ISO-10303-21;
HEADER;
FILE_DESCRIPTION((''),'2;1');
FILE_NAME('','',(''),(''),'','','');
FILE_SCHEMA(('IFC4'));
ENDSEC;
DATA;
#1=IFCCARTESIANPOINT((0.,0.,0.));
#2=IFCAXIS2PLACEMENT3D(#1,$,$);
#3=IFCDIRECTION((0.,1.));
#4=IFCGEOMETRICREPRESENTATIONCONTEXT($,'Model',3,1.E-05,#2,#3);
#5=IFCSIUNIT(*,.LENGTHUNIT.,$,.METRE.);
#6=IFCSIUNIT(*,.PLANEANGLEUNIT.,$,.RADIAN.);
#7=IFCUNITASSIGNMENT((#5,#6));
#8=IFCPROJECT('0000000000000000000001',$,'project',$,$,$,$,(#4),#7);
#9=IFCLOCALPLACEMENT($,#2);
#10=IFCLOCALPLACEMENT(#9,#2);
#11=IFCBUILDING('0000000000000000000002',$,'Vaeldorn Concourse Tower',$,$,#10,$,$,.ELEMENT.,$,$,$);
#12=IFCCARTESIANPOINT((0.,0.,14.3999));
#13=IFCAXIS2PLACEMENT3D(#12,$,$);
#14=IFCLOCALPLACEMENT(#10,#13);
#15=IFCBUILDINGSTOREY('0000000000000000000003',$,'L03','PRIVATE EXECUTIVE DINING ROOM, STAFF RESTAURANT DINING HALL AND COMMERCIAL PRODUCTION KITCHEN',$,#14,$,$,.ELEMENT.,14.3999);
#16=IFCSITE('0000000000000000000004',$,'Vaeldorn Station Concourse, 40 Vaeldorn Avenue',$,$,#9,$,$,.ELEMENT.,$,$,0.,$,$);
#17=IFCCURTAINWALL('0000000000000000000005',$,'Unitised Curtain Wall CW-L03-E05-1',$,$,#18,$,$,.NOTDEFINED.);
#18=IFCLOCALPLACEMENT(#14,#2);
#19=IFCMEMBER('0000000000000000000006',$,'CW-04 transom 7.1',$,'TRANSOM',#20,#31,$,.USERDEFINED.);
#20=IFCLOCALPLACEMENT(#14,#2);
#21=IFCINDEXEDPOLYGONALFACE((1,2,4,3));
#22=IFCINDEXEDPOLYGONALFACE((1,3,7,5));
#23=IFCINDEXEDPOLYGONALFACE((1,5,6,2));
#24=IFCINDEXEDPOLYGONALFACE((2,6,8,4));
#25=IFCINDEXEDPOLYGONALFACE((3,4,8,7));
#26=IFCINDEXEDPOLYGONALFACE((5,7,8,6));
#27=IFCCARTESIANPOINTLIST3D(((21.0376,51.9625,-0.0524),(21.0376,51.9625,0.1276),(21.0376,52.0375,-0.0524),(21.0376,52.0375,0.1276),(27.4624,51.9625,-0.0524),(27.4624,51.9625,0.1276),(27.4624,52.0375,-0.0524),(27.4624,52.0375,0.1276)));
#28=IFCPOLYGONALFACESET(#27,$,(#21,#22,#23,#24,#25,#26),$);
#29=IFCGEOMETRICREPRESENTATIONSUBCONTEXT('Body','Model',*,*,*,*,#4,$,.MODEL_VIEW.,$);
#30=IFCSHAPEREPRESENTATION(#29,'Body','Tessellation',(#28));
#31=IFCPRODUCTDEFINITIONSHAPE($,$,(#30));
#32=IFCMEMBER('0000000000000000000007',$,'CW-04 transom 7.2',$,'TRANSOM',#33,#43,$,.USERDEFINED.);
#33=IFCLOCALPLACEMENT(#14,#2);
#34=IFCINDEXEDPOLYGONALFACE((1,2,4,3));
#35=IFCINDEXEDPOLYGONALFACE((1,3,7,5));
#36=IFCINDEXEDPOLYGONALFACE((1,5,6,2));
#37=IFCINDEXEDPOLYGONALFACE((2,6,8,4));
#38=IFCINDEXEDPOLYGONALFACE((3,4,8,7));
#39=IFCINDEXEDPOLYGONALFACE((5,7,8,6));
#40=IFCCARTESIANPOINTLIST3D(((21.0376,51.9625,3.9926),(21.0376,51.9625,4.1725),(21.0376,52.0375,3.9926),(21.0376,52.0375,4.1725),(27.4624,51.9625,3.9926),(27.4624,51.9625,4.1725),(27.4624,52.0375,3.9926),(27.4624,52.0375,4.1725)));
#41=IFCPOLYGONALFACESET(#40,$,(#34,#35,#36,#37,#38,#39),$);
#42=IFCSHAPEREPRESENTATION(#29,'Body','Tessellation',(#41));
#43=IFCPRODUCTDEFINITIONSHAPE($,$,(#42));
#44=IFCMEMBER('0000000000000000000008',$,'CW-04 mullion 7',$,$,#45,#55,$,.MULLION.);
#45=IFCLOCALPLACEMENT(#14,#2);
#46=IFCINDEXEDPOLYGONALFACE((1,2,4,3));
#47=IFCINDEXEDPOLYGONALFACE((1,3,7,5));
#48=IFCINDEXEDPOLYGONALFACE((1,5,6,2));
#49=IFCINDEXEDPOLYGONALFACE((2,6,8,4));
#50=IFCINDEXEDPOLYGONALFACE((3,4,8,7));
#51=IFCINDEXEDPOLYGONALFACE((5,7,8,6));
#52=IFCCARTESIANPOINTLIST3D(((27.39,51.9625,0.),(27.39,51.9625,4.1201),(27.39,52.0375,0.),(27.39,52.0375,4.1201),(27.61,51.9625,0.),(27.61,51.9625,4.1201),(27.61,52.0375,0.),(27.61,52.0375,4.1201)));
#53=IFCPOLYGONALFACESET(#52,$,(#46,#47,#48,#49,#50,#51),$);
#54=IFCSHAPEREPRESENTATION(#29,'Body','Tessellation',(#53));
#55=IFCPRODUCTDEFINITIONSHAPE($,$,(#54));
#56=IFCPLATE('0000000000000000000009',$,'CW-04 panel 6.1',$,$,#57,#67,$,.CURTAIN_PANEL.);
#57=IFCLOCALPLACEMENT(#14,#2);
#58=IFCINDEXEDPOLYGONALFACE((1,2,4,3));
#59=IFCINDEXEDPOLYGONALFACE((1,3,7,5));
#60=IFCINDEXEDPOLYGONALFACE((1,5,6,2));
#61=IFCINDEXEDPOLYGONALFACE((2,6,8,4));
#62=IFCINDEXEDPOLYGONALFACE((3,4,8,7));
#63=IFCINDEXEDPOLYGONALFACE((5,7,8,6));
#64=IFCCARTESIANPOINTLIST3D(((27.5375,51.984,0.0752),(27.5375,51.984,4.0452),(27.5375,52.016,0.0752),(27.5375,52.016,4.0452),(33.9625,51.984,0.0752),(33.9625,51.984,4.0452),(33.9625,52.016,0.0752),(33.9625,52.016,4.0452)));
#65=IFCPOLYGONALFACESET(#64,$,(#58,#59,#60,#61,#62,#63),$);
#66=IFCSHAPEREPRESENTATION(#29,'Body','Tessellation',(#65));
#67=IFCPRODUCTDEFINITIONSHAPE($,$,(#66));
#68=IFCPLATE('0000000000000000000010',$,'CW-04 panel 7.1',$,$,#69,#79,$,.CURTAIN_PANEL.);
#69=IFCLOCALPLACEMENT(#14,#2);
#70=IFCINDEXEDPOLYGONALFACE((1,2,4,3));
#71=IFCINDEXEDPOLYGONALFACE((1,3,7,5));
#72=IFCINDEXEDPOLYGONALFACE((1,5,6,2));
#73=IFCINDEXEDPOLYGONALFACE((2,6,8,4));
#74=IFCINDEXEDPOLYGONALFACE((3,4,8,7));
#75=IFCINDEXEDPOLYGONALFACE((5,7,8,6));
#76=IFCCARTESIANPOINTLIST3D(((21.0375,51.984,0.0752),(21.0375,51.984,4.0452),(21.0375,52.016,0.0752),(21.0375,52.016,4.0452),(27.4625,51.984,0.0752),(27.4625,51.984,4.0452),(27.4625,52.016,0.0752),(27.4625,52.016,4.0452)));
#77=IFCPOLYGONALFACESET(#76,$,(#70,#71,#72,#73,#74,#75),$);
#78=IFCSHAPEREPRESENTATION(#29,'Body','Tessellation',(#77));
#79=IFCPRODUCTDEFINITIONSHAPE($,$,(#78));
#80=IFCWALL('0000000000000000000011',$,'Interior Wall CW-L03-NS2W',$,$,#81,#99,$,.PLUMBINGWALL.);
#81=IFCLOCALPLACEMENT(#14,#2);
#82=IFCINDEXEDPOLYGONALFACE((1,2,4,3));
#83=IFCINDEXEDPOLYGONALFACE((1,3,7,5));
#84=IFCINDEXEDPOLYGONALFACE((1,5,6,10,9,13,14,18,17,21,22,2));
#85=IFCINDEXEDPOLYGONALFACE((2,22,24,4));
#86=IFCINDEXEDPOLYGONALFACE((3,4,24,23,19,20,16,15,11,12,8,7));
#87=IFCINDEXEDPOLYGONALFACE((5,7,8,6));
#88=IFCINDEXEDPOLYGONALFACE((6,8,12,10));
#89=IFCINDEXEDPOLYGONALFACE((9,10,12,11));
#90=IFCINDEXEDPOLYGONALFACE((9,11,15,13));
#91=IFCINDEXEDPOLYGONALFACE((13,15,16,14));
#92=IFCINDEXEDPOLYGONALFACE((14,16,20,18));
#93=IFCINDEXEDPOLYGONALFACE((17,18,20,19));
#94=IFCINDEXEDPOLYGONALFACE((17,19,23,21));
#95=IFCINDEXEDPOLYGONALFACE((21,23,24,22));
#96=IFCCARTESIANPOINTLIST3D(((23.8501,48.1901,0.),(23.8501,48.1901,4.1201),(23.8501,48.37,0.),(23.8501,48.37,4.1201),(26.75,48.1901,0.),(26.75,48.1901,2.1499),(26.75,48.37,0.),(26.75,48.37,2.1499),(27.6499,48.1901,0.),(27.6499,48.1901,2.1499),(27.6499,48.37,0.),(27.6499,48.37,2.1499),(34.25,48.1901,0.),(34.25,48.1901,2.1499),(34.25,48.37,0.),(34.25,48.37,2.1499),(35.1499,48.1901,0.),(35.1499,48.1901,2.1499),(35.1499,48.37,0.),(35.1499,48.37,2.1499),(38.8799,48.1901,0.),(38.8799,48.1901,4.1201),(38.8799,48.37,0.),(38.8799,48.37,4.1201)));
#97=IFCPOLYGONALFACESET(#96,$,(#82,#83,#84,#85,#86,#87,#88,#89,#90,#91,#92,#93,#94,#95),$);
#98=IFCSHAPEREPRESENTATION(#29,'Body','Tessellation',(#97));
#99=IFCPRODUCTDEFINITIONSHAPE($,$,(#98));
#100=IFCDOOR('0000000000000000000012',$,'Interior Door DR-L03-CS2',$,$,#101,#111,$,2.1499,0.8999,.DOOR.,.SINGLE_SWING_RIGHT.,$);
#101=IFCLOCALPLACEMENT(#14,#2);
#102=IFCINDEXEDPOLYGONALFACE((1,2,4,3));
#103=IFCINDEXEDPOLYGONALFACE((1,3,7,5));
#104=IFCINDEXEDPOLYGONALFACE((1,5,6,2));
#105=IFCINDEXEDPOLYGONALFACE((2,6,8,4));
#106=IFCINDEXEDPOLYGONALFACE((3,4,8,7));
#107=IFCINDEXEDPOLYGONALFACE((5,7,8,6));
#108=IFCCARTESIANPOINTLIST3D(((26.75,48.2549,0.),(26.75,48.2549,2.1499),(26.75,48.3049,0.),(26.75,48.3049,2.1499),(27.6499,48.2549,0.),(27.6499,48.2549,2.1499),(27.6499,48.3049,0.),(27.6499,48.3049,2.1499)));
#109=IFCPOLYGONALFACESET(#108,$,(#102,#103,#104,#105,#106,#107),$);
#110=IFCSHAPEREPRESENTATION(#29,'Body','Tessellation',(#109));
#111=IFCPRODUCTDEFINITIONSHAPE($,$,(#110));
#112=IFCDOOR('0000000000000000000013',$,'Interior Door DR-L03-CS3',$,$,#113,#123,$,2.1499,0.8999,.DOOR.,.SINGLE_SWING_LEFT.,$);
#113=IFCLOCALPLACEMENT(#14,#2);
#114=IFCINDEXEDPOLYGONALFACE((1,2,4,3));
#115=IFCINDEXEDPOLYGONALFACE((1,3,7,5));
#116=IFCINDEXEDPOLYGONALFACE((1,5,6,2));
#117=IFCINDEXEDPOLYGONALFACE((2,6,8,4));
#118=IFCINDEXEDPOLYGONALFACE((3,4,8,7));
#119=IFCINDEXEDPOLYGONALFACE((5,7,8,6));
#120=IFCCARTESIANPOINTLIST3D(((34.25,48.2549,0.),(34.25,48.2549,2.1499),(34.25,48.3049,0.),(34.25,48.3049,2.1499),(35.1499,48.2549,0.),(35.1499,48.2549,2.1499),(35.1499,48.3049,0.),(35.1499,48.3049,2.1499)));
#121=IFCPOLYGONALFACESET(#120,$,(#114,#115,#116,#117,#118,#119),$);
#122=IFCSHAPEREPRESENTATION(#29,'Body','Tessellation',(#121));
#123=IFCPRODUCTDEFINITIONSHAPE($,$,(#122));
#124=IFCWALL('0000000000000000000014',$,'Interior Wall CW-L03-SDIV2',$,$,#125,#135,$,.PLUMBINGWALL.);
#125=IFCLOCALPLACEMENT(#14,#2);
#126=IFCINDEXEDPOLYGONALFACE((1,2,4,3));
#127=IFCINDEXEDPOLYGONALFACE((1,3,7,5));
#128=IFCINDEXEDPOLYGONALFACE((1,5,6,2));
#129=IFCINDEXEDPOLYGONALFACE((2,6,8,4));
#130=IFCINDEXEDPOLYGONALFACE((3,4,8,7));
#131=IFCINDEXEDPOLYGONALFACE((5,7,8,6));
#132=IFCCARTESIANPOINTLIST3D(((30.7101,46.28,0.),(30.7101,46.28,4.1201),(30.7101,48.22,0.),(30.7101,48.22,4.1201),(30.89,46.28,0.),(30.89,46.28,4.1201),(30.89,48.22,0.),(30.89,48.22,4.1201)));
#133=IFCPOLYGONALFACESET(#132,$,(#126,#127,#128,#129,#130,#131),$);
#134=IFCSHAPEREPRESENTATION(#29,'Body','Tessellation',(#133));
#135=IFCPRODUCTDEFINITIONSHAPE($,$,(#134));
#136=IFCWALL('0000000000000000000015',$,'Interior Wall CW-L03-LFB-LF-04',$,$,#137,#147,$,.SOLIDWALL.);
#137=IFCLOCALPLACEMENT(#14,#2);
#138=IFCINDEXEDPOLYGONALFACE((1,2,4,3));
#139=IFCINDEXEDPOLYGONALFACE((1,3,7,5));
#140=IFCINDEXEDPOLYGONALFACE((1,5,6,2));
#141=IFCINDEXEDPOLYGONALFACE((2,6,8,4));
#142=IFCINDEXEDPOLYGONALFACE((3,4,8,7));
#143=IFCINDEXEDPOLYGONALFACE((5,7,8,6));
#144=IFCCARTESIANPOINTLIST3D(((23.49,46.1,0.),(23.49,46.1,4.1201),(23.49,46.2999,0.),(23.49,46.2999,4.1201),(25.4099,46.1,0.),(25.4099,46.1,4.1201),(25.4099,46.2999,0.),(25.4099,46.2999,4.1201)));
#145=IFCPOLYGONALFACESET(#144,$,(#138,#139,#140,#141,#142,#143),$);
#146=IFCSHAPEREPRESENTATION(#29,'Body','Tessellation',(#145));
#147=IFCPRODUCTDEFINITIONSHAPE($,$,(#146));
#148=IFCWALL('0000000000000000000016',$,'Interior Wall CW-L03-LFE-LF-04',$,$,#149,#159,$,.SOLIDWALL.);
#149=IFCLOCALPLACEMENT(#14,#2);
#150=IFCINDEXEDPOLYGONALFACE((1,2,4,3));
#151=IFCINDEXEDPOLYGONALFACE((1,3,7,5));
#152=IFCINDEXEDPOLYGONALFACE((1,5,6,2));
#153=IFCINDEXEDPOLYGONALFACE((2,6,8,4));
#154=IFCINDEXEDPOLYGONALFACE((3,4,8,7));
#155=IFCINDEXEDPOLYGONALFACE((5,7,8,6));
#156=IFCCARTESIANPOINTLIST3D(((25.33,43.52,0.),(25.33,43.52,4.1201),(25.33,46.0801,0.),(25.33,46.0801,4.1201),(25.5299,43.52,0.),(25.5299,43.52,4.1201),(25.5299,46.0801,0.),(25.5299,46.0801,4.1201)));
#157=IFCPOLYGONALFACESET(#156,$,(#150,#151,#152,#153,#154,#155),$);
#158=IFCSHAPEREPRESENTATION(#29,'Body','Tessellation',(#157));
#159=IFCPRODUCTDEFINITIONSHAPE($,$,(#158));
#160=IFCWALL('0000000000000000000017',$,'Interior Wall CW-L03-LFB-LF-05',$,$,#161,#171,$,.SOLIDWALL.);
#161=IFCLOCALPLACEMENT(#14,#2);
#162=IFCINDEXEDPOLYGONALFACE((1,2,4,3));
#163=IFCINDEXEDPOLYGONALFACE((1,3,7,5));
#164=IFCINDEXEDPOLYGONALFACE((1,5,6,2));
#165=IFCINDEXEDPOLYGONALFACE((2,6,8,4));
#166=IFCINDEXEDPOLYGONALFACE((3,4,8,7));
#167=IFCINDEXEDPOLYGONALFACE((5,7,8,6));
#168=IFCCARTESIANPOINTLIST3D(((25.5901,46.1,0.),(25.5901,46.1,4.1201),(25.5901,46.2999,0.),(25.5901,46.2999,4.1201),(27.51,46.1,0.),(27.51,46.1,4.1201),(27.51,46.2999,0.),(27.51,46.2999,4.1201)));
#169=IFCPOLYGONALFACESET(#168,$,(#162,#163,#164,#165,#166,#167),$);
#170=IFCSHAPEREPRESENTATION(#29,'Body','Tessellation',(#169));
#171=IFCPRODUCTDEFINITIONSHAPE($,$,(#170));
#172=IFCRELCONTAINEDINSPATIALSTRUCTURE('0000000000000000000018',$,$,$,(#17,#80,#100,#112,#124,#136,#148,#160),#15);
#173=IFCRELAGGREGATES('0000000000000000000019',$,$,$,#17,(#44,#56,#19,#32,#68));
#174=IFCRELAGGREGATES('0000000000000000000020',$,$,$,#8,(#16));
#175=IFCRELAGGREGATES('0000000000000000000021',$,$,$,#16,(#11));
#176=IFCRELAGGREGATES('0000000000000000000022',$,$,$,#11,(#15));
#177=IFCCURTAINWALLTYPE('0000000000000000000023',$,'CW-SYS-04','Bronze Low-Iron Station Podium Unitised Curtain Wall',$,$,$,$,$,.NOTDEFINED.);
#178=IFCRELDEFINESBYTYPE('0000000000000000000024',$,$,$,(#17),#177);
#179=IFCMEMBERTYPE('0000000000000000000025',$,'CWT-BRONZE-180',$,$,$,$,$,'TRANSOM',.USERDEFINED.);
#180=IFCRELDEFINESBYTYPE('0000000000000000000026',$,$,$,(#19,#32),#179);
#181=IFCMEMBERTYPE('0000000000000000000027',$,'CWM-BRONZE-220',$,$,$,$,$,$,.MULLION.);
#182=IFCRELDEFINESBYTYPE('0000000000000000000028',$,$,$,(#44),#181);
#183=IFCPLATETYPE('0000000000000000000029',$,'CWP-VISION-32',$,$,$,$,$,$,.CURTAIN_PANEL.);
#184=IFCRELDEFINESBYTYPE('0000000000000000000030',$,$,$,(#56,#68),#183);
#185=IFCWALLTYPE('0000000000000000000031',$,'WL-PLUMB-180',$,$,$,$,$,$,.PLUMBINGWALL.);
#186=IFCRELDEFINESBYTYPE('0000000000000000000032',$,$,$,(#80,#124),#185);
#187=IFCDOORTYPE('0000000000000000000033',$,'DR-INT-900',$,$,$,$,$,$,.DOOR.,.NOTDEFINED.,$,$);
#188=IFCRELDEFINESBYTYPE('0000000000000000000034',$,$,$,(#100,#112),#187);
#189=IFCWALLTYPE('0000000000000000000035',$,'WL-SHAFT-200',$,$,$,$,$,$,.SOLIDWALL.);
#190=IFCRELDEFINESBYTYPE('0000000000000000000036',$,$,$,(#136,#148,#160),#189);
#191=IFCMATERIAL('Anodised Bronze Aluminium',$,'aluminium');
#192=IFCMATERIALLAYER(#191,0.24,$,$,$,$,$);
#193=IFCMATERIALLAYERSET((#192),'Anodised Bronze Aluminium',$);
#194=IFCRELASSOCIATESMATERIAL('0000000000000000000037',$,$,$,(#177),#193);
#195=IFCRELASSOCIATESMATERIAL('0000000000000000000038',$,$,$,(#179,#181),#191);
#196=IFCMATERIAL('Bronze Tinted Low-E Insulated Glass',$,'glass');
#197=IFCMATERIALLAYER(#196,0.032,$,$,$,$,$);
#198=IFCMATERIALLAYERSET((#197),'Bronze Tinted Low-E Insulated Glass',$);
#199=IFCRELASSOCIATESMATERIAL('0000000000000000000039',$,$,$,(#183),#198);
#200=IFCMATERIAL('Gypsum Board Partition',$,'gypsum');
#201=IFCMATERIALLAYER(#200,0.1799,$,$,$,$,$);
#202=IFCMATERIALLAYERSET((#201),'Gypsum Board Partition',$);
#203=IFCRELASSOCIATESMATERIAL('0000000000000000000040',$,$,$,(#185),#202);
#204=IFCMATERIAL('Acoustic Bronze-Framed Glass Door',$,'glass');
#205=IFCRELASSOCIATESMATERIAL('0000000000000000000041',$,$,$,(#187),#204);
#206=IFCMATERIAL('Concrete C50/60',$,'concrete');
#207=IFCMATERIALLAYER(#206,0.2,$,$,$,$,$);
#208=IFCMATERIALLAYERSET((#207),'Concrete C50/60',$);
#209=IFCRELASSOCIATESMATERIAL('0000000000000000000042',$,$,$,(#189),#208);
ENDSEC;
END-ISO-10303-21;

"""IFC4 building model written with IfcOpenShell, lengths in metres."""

from ifc_helpers import new_model, si_unit, direction, frame, frame_2d, origin, origin_2d, place, context, subcontext, project, spatial, rectangle, extrude, source, transform, mapped, material, layer, layer_set, material_profile, profile_set, type_object, element, fill, aggregate, save


model = new_model("IFC4")

# Units and contexts
model_context = context("Model", 3, precision=1e-05, world=origin(), true_north=direction((0.0, 1.0)))
body_context = subcontext(model_context, "Body", "Model", "MODEL_VIEW")
ifc_project = project(units=[si_unit("LENGTHUNIT", "METRE"), si_unit("PLANEANGLEUNIT", "RADIAN")], contexts=[model_context])

# Site, building, storey
site_placement = place(None, origin())
site = spatial("IfcSite", under=ifc_project, at=site_placement, Name="Vaeldorn Station Concourse, 40 Vaeldorn Avenue", CompositionType="ELEMENT", RefElevation=0.0)
building_placement = place(site_placement, origin())
building = spatial("IfcBuilding", under=site, at=building_placement, Name="Vaeldorn Concourse Tower", CompositionType="ELEMENT")
storey_placement = place(building_placement, frame((0.0, 0.0, 14.3999)))
storey = spatial("IfcBuildingStorey", under=building, at=storey_placement, Name="L03", Description="PRIVATE EXECUTIVE DINING ROOM, STAFF RESTAURANT DINING HALL AND COMMERCIAL PRODUCTION KITCHEN", CompositionType="ELEMENT", Elevation=14.3999)

# Curtain wall, members, plates
ifc_material_1 = material(Name="Anodised Bronze Aluminium", Category="aluminium")
ifc_layer_1 = layer(ifc_material_1, 0.24)
ifc_layer_set_1 = layer_set([ifc_layer_1], Name="Anodised Bronze Aluminium")
curtain_wall_type = type_object("IfcCurtainWallType", Name="CW-SYS-04", Description="Bronze Low-Iron Station Podium Unitised Curtain Wall", PredefinedType="NOTDEFINED", material=ifc_layer_set_1)
curtain_wall_placement = place(storey_placement, origin())
curtain_wall = element("IfcCurtainWall", 1, at=curtain_wall_placement, inside=storey, type_object=curtain_wall_type, Name="Unitised Curtain Wall CW-L03-E05-1", PredefinedType="NOTDEFINED")
ifc_material_profile_1 = material_profile(ifc_material_1, rectangle(XDim=0.075, YDim=0.1799, at=origin_2d()), Name="CWT 75x180")
ifc_profile_set_1 = profile_set([ifc_material_profile_1], Name="Anodised Bronze Aluminium")
member_type_1 = type_object("IfcMemberType", Name="CWT-BRONZE-180", ElementType="TRANSOM", PredefinedType="USERDEFINED", material=ifc_profile_set_1)
shared_shape_1 = source(origin(), body_context, "Body", "SweptSolid", [
    extrude(rectangle(XDim=0.075, YDim=0.1799, at=origin_2d()), origin(), (0.0, 0.0, 1.0), 6.4248),
])
member_1_placement = place(storey_placement, frame((27.4624, 52.0, 0.0376), z_axis=(-1.0, 0.0, 0.0), x_axis=(0.0, -1.0, 0.0)))
member_1 = element("IfcMember", 2, at=member_1_placement, type_object=member_type_1, Name="CW-04 transom 7.1", ObjectType="TRANSOM", PredefinedType="USERDEFINED", context=body_context, shape_type="MappedRepresentation", body=[
    mapped(shared_shape_1, transform((0.0, 0.0, 0.0), scale=1.0)),
])
member_2_placement = place(storey_placement, frame((27.4624, 52.0, 4.0825), z_axis=(-1.0, 0.0, 0.0), x_axis=(0.0, -1.0, 0.0)))
member_2 = element("IfcMember", 3, at=member_2_placement, type_object=member_type_1, Name="CW-04 transom 7.2", ObjectType="TRANSOM", PredefinedType="USERDEFINED", context=body_context, shape_type="MappedRepresentation", body=[
    mapped(shared_shape_1, transform((0.0, 0.0, 0.0), scale=1.0)),
])
ifc_material_profile_2 = material_profile(ifc_material_1, rectangle(XDim=0.075, YDim=0.22, at=origin_2d()), Name="CWM 75x220")
ifc_profile_set_2 = profile_set([ifc_material_profile_2], Name="Anodised Bronze Aluminium")
member_type_2 = type_object("IfcMemberType", Name="CWM-BRONZE-220", PredefinedType="MULLION", material=ifc_profile_set_2)
shared_shape_2 = source(origin(), body_context, "Body", "SweptSolid", [
    extrude(rectangle(XDim=0.075, YDim=0.22, at=origin_2d()), origin(), (0.0, 0.0, 1.0), 4.1201),
])
member_3_placement = place(storey_placement, frame((27.5, 52.0, 0.0), z_axis=(0.0, 0.0, 1.0), x_axis=(0.0, -1.0, 0.0)))
member_3 = element("IfcMember", 4, at=member_3_placement, type_object=member_type_2, Name="CW-04 mullion 7", PredefinedType="MULLION", context=body_context, shape_type="MappedRepresentation", body=[
    mapped(shared_shape_2, transform((0.0, 0.0, 0.0), scale=1.0)),
])
ifc_material_2 = material(Name="Bronze Tinted Low-E Insulated Glass", Category="glass")
ifc_layer_2 = layer(ifc_material_2, 0.032)
ifc_layer_set_2 = layer_set([ifc_layer_2], Name="Bronze Tinted Low-E Insulated Glass")
plate_type = type_object("IfcPlateType", Name="CWP-VISION-32", PredefinedType="CURTAIN_PANEL", material=ifc_layer_set_2)
shared_shape_3 = source(origin(), body_context, "Body", "SweptSolid", [
    extrude(rectangle(XDim=6.425, YDim=0.032, at=origin_2d()), origin(), (0.0, 0.0, 1.0), 3.97),
])
plate_1_placement = place(storey_placement, frame((30.75, 52.0, 0.0752), z_axis=(0.0, 0.0, 1.0), x_axis=(-1.0, 0.0, 0.0)))
plate_1 = element("IfcPlate", 5, at=plate_1_placement, type_object=plate_type, Name="CW-04 panel 6.1", PredefinedType="CURTAIN_PANEL", context=body_context, shape_type="MappedRepresentation", body=[
    mapped(shared_shape_3, transform((0.0, 0.0, 0.0), scale=1.0)),
])
plate_2_placement = place(storey_placement, frame((24.25, 52.0, 0.0752), z_axis=(0.0, 0.0, 1.0), x_axis=(-1.0, 0.0, 0.0)))
plate_2 = element("IfcPlate", 6, at=plate_2_placement, type_object=plate_type, Name="CW-04 panel 7.1", PredefinedType="CURTAIN_PANEL", context=body_context, shape_type="MappedRepresentation", body=[
    mapped(shared_shape_3, transform((0.0, 0.0, 0.0), scale=1.0)),
])
aggregate(curtain_wall, [member_3, plate_1, member_1, member_2, plate_2])

# Wall, openings, doors
ifc_material_3 = material(Name="Gypsum Board Partition", Category="gypsum")
ifc_layer_3 = layer(ifc_material_3, 0.1799)
ifc_layer_set_3 = layer_set([ifc_layer_3], Name="Gypsum Board Partition")
wall_type_1 = type_object("IfcWallType", Name="WL-PLUMB-180", PredefinedType="PLUMBINGWALL", material=ifc_layer_set_3)
wall_1_placement = place(storey_placement, frame((23.8501, 48.28, 0.0), z_axis=(0.0, 0.0, 1.0), x_axis=(1.0, 0.0, 0.0)))
wall_1 = element("IfcWall", 7, at=wall_1_placement, inside=storey, type_object=wall_type_1, Name="Interior Wall CW-L03-NS2W", PredefinedType="PLUMBINGWALL", context=body_context, shape_type="SweptSolid", body=[
    extrude(rectangle(XDim=15.0298, YDim=0.1799, at=frame_2d((7.5149, 0.0))), origin(), (0.0, 0.0, 1.0), 4.1201),
])
opening_1_placement = place(wall_1_placement, frame((2.8999, 0.0, 0.0)))
opening_1 = element("IfcOpeningElement", 8, at=opening_1_placement, cuts=wall_1, PredefinedType="OPENING", context=body_context, shape_type="SweptSolid", body=[
    extrude(rectangle(XDim=0.8999, YDim=2.1499, at=frame_2d((0.45, 1.075))), frame((0.0, 0.1001, 0.0), z_axis=(0.0, -1.0, 0.0), x_axis=(1.0, 0.0, 0.0)), (0.0, 0.0, 1.0), 0.2),
])
opening_2_placement = place(wall_1_placement, frame((10.3999, 0.0, 0.0)))
opening_2 = element("IfcOpeningElement", 9, at=opening_2_placement, cuts=wall_1, PredefinedType="OPENING", context=body_context, shape_type="SweptSolid", body=[
    extrude(rectangle(XDim=0.8999, YDim=2.1499, at=frame_2d((0.45, 1.075))), frame((0.0, 0.1001, 0.0), z_axis=(0.0, -1.0, 0.0), x_axis=(1.0, 0.0, 0.0)), (0.0, 0.0, 1.0), 0.2),
])
ifc_material_4 = material(Name="Acoustic Bronze-Framed Glass Door", Category="glass")
door_type_1 = type_object("IfcDoorType", Name="DR-INT-900", OperationType="NOTDEFINED", PredefinedType="DOOR", material=ifc_material_4)
shared_shape_4 = source(origin(), body_context, "Body", "SweptSolid", [
    extrude(rectangle(XDim=0.8999, YDim=2.1499, at=frame_2d((0.45, 1.075))), frame((0.0, 0.0249, 0.0), z_axis=(0.0, -1.0, 0.0), x_axis=(1.0, 0.0, 0.0)), (0.0, 0.0, 1.0), 0.05),
])
door_1_placement = place(opening_1_placement, origin())
door_1 = element("IfcDoor", 10, at=door_1_placement, inside=storey, type_object=door_type_1, Name="Interior Door DR-L03-CS2", OperationType="SINGLE_SWING_RIGHT", OverallHeight=2.1499, OverallWidth=0.8999, PredefinedType="DOOR", context=body_context, shape_type="MappedRepresentation", body=[
    mapped(shared_shape_4, transform((0.0, 0.0, 0.0), scale=1.0)),
])
fill(opening_1, door_1)
door_2_placement = place(opening_2_placement, origin())
door_2 = element("IfcDoor", 11, at=door_2_placement, inside=storey, type_object=door_type_1, Name="Interior Door DR-L03-CS3", OperationType="SINGLE_SWING_LEFT", OverallHeight=2.1499, OverallWidth=0.8999, PredefinedType="DOOR", context=body_context, shape_type="MappedRepresentation", body=[
    mapped(shared_shape_4, transform((0.0, 0.0, 0.0), scale=1.0)),
])
fill(opening_2, door_2)

# Walls
wall_2_placement = place(storey_placement, frame((30.8, 46.28, 0.0), z_axis=(0.0, 0.0, 1.0), x_axis=(0.0, 1.0, 0.0)))
element("IfcWall", 12, at=wall_2_placement, inside=storey, type_object=wall_type_1, Name="Interior Wall CW-L03-SDIV2", PredefinedType="PLUMBINGWALL", context=body_context, shape_type="SweptSolid", body=[
    extrude(rectangle(XDim=1.9399, YDim=0.1799, at=frame_2d((0.97, 0.0))), origin(), (0.0, 0.0, 1.0), 4.1201),
])
ifc_material_5 = material(Name="Concrete C50/60", Category="concrete")
ifc_layer_4 = layer(ifc_material_5, 0.2)
ifc_layer_set_4 = layer_set([ifc_layer_4], Name="Concrete C50/60")
wall_type_2 = type_object("IfcWallType", Name="WL-SHAFT-200", PredefinedType="SOLIDWALL", material=ifc_layer_set_4)
wall_3_placement = place(storey_placement, frame((23.49, 46.2, 0.0), z_axis=(0.0, 0.0, 1.0), x_axis=(1.0, 0.0, 0.0)))
element("IfcWall", 13, at=wall_3_placement, inside=storey, type_object=wall_type_2, Name="Interior Wall CW-L03-LFB-LF-04", PredefinedType="SOLIDWALL", context=body_context, shape_type="SweptSolid", body=[
    extrude(rectangle(XDim=1.9199, YDim=0.2, at=frame_2d((0.96, 0.0))), origin(), (0.0, 0.0, 1.0), 4.1201),
])
wall_4_placement = place(storey_placement, frame((25.4299, 43.52, 0.0), z_axis=(0.0, 0.0, 1.0), x_axis=(0.0, 1.0, 0.0)))
element("IfcWall", 14, at=wall_4_placement, inside=storey, type_object=wall_type_2, Name="Interior Wall CW-L03-LFE-LF-04", PredefinedType="SOLIDWALL", context=body_context, shape_type="SweptSolid", body=[
    extrude(rectangle(XDim=2.5601, YDim=0.2, at=frame_2d((1.28, 0.0))), origin(), (0.0, 0.0, 1.0), 4.1201),
])

# Wall
wall_5_placement = place(storey_placement, frame((25.5901, 46.2, 0.0), z_axis=(0.0, 0.0, 1.0), x_axis=(1.0, 0.0, 0.0)))
element("IfcWall", 15, at=wall_5_placement, inside=storey, type_object=wall_type_2, Name="Interior Wall CW-L03-LFB-LF-05", PredefinedType="SOLIDWALL", context=body_context, shape_type="SweptSolid", body=[
    extrude(rectangle(XDim=1.9199, YDim=0.2, at=frame_2d((0.96, 0.0))), origin(), (0.0, 0.0, 1.0), 4.1201),
])

save(model, "model.ifc")
